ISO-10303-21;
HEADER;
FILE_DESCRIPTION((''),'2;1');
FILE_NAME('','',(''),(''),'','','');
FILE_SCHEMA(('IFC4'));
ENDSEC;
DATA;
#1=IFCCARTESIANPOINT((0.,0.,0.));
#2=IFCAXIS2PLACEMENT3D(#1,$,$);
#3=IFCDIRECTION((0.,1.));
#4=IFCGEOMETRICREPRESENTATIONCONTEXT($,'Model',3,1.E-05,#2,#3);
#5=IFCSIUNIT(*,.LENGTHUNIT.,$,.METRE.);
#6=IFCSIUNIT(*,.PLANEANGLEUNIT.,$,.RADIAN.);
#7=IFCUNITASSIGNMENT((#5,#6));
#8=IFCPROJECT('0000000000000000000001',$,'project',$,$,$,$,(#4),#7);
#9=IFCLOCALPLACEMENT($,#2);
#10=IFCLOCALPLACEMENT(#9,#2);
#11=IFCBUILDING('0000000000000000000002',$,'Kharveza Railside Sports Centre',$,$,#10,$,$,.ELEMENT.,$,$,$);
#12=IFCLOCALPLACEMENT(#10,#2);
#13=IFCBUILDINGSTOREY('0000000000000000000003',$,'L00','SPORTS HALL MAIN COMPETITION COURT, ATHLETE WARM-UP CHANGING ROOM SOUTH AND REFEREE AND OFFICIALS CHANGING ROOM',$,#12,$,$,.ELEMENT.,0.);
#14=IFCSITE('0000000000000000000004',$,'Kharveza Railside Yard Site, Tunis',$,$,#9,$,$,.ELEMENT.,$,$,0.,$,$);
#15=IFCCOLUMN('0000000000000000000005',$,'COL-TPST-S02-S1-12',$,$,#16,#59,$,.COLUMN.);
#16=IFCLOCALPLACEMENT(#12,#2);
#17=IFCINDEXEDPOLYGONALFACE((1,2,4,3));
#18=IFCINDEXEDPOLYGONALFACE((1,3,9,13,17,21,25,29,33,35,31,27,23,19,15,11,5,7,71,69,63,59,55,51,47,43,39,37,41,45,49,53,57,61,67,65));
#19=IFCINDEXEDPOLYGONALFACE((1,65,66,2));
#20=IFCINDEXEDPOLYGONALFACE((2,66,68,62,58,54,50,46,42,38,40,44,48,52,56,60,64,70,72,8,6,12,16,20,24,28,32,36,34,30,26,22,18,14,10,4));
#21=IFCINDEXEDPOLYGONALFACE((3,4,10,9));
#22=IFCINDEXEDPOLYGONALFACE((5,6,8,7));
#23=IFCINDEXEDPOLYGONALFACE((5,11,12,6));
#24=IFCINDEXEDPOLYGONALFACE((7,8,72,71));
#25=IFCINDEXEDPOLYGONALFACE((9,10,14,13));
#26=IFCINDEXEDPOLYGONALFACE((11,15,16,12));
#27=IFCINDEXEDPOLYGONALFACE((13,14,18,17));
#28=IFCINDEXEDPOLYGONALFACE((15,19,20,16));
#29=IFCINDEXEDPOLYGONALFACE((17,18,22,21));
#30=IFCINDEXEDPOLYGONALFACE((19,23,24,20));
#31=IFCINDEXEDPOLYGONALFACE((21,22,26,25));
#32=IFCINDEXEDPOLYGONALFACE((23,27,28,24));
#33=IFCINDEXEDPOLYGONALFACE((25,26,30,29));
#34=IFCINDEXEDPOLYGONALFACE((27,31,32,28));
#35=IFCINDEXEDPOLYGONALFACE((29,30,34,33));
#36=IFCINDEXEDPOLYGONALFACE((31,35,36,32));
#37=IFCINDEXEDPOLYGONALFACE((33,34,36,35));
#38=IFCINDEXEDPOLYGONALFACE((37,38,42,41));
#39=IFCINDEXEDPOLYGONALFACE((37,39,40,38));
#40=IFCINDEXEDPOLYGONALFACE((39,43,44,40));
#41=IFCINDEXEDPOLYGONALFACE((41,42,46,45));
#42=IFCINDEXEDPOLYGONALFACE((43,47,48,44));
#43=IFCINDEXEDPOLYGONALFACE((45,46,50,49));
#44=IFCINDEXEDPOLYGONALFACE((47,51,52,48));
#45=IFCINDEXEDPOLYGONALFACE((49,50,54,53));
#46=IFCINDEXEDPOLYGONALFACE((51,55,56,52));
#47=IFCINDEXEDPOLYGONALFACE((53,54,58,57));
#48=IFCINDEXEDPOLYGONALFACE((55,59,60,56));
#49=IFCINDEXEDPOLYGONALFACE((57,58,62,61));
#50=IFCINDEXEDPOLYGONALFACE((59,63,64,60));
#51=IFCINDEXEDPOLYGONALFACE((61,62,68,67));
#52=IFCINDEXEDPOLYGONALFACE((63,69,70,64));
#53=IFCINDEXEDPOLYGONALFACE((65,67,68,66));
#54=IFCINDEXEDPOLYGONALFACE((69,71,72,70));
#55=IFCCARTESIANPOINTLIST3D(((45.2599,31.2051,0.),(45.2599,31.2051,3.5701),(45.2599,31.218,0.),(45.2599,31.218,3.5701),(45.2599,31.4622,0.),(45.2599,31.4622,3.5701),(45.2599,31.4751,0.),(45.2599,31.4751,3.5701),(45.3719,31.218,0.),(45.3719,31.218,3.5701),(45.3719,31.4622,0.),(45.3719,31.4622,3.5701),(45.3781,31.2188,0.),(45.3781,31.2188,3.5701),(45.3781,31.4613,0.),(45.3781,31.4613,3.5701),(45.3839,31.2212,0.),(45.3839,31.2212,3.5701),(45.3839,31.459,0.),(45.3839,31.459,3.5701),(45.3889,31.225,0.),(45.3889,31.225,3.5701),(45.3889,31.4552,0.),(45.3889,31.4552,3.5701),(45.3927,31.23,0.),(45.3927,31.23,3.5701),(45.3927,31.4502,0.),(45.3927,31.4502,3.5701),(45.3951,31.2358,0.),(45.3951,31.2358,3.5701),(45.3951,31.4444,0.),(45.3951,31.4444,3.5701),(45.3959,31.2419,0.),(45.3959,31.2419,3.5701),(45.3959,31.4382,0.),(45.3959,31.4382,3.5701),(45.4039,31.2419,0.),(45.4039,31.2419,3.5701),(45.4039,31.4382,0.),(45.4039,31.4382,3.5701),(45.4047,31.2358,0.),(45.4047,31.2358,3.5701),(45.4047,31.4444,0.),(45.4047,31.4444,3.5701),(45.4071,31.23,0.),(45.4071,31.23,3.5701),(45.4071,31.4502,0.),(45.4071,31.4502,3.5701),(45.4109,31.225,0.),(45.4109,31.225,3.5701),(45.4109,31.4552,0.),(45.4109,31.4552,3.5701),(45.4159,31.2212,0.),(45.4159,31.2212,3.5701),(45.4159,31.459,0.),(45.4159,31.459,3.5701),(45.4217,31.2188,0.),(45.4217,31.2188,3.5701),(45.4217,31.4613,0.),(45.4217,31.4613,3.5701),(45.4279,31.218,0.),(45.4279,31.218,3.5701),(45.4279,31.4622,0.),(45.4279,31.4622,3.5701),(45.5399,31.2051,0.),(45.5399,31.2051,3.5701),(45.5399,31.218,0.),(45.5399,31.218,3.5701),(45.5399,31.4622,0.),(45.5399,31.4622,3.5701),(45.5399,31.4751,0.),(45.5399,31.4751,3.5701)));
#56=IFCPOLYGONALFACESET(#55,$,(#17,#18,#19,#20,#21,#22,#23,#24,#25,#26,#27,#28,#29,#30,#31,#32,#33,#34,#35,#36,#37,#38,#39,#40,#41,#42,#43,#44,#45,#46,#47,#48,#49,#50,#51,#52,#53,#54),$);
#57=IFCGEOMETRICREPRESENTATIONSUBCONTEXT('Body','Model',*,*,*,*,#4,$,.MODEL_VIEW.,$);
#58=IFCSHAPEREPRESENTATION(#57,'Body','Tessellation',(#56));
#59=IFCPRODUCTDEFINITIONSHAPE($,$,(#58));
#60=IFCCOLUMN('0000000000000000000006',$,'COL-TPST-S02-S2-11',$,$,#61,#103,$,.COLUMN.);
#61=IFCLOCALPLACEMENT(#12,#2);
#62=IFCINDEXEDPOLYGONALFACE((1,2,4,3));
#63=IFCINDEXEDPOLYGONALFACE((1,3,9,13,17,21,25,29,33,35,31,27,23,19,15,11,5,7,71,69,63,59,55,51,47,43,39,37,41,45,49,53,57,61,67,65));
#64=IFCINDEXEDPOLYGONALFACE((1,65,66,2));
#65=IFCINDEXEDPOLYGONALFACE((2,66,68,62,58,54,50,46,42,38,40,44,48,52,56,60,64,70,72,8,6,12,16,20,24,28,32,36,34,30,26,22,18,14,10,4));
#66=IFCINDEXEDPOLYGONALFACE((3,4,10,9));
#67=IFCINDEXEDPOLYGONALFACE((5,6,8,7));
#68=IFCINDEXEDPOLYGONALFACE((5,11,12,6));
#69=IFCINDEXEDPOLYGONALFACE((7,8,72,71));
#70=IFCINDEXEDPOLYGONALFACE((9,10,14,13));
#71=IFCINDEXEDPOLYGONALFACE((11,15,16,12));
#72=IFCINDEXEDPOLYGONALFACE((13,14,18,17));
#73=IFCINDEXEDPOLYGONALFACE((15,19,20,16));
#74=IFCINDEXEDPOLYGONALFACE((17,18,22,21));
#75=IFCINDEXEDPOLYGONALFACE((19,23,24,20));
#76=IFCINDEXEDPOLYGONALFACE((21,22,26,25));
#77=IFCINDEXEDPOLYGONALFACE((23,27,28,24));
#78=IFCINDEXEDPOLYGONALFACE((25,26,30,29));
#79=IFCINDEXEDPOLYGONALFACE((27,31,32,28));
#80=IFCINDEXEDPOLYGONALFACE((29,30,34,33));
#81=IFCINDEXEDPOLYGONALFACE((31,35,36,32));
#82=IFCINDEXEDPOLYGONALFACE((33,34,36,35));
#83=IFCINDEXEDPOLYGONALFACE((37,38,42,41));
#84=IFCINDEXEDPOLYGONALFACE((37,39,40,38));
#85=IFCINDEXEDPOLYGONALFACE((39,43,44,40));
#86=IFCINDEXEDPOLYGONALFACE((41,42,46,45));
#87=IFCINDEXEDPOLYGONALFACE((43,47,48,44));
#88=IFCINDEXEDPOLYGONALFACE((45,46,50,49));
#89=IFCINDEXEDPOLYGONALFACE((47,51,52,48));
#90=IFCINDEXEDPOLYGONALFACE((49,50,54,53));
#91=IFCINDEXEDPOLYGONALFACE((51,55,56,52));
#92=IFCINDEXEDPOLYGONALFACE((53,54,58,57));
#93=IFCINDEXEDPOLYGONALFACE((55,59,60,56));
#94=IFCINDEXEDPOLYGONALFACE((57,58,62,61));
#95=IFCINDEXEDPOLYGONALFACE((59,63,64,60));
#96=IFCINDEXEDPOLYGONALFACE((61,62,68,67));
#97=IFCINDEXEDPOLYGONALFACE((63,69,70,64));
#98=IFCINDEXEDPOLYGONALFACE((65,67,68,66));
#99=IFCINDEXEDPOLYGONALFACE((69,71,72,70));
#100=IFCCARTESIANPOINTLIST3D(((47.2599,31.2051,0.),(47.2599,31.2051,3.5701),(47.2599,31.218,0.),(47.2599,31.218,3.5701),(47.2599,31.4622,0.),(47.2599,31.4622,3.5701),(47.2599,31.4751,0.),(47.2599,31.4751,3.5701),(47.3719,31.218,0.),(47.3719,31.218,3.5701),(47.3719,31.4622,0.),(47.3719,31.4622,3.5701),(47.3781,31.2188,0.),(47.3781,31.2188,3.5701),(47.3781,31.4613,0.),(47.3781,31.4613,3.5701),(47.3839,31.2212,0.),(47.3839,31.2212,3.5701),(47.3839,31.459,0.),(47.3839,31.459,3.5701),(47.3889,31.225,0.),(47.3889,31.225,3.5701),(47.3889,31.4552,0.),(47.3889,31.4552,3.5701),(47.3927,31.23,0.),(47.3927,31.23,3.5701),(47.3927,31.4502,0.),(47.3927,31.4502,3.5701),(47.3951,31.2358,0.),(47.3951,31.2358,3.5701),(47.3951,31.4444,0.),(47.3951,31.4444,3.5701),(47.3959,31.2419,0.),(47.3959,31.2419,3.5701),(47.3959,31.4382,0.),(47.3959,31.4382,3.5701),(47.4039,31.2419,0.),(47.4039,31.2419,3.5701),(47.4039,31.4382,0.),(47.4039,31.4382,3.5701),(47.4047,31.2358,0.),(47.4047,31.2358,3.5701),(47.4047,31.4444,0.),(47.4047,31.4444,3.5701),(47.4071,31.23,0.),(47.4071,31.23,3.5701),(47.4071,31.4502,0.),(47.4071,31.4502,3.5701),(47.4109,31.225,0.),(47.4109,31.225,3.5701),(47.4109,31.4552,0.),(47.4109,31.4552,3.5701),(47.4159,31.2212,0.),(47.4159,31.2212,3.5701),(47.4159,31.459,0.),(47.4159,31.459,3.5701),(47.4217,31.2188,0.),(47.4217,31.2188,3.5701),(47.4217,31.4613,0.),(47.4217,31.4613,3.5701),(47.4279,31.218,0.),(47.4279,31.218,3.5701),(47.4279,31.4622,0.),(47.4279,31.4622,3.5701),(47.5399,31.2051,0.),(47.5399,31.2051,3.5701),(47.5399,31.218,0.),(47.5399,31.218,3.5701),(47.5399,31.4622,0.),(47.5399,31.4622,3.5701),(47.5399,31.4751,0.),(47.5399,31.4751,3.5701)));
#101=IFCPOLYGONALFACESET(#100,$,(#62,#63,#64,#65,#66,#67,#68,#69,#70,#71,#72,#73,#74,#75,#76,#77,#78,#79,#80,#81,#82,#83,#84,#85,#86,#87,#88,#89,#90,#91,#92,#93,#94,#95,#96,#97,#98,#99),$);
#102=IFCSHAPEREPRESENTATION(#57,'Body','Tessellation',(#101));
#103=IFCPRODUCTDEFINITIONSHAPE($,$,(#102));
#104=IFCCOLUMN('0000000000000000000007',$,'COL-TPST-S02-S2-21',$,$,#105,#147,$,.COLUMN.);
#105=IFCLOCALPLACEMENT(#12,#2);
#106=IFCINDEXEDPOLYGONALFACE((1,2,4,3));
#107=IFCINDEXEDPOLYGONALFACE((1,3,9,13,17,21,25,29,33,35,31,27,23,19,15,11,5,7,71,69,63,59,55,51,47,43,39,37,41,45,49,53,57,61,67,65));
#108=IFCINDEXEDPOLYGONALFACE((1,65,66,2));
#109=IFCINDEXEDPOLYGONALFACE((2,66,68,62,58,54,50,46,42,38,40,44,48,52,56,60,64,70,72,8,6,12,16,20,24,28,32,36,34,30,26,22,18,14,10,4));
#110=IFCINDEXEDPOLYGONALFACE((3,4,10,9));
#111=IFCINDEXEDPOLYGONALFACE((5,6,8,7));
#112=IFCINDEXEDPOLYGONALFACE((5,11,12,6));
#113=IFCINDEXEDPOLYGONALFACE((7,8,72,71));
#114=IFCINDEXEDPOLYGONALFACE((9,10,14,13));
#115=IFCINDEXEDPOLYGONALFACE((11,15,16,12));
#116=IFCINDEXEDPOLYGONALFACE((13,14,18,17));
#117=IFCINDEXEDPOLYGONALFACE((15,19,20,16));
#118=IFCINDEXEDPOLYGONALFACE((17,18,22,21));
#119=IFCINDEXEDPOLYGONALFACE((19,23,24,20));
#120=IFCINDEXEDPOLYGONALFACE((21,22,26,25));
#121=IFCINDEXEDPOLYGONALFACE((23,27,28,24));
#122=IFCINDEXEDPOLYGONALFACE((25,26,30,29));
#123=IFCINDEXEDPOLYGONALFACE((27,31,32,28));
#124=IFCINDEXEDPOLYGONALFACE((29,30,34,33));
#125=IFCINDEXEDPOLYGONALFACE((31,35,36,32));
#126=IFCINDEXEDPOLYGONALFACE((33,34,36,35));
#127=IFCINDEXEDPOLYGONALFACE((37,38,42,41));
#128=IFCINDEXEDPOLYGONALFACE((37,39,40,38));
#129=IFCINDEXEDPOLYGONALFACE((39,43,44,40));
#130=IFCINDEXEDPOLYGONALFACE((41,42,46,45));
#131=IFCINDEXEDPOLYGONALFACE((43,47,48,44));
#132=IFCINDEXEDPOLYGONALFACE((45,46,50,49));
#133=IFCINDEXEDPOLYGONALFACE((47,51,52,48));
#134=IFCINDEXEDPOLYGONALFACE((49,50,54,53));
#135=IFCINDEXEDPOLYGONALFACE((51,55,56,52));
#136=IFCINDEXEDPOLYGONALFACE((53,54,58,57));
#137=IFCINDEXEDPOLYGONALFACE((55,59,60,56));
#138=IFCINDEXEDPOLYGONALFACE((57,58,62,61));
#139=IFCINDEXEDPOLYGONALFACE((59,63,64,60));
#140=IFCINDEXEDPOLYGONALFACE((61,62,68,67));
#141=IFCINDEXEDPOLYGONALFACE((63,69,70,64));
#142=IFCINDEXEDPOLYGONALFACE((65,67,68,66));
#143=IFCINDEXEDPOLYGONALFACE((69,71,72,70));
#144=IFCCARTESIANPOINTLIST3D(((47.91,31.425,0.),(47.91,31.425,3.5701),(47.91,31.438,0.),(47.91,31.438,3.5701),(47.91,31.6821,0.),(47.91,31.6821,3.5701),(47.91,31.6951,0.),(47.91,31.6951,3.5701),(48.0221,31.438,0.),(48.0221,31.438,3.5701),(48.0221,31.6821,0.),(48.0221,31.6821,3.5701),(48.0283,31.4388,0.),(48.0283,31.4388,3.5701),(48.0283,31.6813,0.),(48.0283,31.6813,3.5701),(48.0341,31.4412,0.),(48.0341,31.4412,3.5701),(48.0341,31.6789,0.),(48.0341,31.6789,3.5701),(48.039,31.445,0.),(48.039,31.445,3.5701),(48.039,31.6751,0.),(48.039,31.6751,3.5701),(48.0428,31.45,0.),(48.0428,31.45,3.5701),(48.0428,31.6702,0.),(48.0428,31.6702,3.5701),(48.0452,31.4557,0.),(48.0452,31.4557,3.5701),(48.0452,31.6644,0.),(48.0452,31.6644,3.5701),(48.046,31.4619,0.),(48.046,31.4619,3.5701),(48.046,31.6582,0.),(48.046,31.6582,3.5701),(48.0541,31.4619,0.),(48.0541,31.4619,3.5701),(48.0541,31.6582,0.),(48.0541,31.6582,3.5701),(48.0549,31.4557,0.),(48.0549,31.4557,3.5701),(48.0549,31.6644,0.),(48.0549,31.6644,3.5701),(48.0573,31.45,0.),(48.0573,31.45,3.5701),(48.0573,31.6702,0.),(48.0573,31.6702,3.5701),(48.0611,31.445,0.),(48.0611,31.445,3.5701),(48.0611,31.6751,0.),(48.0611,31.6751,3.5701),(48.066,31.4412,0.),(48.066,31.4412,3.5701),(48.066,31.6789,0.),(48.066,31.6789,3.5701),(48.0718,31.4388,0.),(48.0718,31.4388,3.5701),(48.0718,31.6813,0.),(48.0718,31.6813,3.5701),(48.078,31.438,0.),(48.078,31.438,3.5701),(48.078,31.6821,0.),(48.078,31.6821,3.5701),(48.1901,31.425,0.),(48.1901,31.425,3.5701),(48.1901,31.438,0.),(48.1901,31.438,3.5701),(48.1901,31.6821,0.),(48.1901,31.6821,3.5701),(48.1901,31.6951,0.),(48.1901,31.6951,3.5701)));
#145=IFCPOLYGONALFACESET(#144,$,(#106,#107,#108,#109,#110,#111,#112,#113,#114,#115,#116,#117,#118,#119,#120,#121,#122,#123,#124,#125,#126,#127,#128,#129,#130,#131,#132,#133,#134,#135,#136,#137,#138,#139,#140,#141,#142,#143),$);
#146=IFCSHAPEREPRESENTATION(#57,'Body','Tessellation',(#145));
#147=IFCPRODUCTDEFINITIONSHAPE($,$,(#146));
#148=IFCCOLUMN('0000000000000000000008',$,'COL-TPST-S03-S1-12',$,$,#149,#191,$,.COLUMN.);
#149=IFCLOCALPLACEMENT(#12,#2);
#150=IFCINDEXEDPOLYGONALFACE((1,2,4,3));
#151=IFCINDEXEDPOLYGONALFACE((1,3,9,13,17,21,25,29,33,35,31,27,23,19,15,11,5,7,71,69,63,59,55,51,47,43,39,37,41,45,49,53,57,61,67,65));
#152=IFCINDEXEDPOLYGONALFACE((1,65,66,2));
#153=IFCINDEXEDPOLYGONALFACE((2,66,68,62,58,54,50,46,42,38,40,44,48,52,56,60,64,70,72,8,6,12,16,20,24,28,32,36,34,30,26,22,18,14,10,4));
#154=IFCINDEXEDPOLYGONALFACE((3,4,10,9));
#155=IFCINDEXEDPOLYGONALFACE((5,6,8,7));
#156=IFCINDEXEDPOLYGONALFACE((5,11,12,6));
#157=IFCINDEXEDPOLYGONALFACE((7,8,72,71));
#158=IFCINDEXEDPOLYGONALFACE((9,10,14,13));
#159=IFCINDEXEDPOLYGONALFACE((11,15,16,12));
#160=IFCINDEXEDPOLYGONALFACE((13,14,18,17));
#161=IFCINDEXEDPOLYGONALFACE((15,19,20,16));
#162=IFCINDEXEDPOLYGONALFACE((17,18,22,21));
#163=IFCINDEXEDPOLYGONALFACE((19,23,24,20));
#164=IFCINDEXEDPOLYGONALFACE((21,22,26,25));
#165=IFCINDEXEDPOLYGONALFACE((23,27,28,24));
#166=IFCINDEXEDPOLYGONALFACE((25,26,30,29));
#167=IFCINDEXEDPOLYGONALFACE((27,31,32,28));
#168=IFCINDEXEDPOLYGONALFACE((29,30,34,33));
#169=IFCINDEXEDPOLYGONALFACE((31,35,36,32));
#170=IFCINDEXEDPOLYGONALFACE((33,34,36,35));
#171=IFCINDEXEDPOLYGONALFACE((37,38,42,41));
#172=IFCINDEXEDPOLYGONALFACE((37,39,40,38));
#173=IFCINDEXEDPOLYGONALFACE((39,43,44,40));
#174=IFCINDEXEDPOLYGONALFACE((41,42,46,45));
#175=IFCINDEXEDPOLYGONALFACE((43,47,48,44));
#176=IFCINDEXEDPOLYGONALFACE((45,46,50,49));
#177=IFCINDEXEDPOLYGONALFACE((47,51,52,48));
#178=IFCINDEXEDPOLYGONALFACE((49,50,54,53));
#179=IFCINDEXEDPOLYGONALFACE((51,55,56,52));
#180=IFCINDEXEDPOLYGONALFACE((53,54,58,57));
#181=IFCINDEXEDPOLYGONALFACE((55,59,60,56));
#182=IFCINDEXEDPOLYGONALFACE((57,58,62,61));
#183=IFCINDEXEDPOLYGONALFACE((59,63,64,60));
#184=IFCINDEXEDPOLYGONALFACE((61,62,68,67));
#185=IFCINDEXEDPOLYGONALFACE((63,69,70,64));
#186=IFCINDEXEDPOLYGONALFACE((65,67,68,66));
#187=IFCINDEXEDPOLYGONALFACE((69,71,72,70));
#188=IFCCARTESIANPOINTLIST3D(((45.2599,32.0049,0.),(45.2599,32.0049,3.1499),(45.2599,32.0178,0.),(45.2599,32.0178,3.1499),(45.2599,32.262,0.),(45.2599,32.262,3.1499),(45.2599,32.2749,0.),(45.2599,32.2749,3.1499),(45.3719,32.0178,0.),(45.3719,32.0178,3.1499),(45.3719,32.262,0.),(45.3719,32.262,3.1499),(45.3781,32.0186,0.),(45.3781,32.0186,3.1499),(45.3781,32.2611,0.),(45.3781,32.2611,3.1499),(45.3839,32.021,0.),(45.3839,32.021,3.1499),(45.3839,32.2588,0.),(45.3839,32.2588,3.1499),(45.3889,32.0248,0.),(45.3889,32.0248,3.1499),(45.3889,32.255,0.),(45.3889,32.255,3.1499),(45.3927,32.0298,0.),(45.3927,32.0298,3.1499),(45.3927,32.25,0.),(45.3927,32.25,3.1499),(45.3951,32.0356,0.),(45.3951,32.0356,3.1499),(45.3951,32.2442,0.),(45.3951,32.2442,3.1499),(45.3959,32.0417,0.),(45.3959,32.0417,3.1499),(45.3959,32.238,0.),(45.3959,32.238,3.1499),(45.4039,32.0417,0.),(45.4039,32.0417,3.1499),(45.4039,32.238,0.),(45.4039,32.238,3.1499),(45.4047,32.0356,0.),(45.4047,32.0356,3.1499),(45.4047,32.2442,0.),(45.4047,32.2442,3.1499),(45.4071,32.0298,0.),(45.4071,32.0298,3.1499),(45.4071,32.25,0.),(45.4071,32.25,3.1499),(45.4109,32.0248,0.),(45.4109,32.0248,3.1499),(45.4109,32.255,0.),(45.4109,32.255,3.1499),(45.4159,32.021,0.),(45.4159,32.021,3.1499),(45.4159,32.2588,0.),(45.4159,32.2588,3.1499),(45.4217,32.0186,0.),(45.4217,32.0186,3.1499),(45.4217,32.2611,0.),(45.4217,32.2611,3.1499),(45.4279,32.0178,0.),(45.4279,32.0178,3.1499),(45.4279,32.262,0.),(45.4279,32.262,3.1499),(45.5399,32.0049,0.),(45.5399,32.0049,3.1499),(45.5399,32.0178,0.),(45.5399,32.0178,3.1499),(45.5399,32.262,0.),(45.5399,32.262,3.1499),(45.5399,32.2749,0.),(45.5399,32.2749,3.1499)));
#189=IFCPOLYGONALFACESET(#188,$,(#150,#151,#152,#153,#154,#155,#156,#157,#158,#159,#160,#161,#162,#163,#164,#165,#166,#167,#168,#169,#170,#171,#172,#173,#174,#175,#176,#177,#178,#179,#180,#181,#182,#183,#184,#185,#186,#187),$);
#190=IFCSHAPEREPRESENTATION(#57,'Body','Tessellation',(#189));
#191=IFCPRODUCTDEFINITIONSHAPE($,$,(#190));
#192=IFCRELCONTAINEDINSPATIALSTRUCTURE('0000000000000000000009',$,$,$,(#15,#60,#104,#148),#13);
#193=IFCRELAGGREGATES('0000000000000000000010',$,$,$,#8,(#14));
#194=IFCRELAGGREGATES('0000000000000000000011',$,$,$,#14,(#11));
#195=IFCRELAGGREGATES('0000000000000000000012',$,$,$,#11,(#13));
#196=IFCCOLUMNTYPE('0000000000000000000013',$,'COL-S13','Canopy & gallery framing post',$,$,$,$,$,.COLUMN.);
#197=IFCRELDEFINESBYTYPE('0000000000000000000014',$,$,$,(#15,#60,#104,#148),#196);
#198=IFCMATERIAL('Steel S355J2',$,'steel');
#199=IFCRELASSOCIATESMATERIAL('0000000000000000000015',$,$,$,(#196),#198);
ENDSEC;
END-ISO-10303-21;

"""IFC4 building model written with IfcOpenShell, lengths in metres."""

from ifc_helpers import new_model, si_unit, direction, frame, origin, origin_2d, place, context, subcontext, project, spatial, i_section, extrude, material, material_profile, profile_set, type_object, element, save


model = new_model("IFC4")

# Units and contexts
model_context = context("Model", 3, precision=1e-05, world=origin(), true_north=direction((0.0, 1.0)))
body_context = subcontext(model_context, "Body", "Model", "MODEL_VIEW")
ifc_project = project(units=[si_unit("LENGTHUNIT", "METRE"), si_unit("PLANEANGLEUNIT", "RADIAN")], contexts=[model_context])

# Site, building, storey
site_placement = place(None, origin())
site = spatial("IfcSite", under=ifc_project, at=site_placement, Name="Kharveza Railside Yard Site, Tunis", CompositionType="ELEMENT", RefElevation=0.0)
building_placement = place(site_placement, origin())
building = spatial("IfcBuilding", under=site, at=building_placement, Name="Kharveza Railside Sports Centre", CompositionType="ELEMENT")
storey_placement = place(building_placement, origin())
storey = spatial("IfcBuildingStorey", under=building, at=storey_placement, Name="L00", Description="SPORTS HALL MAIN COMPETITION COURT, ATHLETE WARM-UP CHANGING ROOM SOUTH AND REFEREE AND OFFICIALS CHANGING ROOM", CompositionType="ELEMENT", Elevation=0.0)

# Columns
ifc_material_1 = material(Name="Steel S355J2", Category="steel")
ifc_material_profile_1 = material_profile(ifc_material_1, i_section(OverallWidth=0.28, OverallDepth=0.27, WebThickness=0.0081, FlangeThickness=0.0129, FilletRadius=0.0239, at=origin_2d()), Name="HEA 280")
ifc_profile_set_1 = profile_set([ifc_material_profile_1], Name="Steel S355J2")
column_type_1 = type_object("IfcColumnType", Name="COL-S13", Description="Canopy & gallery framing post", PredefinedType="COLUMN", material=ifc_profile_set_1)
for number, where, z_axis, x_axis, name in (
    (1, (45.3999, 31.3401, 0.0), (0.0, 0.0, 1.0), (1.0, 0.0, 0.0), "COL-TPST-S02-S1-12"),
    (2, (47.3999, 31.3401, 0.0), (0.0, 0.0, 1.0), (1.0, 0.0, 0.0), "COL-TPST-S02-S2-11"),
    (3, (48.05, 31.5601, 0.0), (0.0, 0.0, 1.0), (1.0, 0.0, 0.0), "COL-TPST-S02-S2-21"),
):
    element("IfcColumn", number, at=place(storey_placement, frame(where, z_axis=z_axis, x_axis=x_axis)), inside=storey, type_object=column_type_1, Name=name, PredefinedType="COLUMN", context=body_context, shape_type="SweptSolid", body=[
        extrude(i_section(OverallWidth=0.28, OverallDepth=0.27, WebThickness=0.0081, FlangeThickness=0.0129, FilletRadius=0.0239, at=origin_2d()), origin(), (0.0, 0.0, 1.0), 3.5701),
    ])
for number, where, z_axis, x_axis, name in (
    (4, (45.3999, 32.1399, 0.0), (0.0, 0.0, 1.0), (1.0, 0.0, 0.0), "COL-TPST-S03-S1-12"),
):
    element("IfcColumn", number, at=place(storey_placement, frame(where, z_axis=z_axis, x_axis=x_axis)), inside=storey, type_object=column_type_1, Name=name, PredefinedType="COLUMN", context=body_context, shape_type="SweptSolid", body=[
        extrude(i_section(OverallWidth=0.28, OverallDepth=0.27, WebThickness=0.0081, FlangeThickness=0.0129, FilletRadius=0.0239, at=origin_2d()), origin(), (0.0, 0.0, 1.0), 3.1499),
    ])

save(model, "model.ifc")
